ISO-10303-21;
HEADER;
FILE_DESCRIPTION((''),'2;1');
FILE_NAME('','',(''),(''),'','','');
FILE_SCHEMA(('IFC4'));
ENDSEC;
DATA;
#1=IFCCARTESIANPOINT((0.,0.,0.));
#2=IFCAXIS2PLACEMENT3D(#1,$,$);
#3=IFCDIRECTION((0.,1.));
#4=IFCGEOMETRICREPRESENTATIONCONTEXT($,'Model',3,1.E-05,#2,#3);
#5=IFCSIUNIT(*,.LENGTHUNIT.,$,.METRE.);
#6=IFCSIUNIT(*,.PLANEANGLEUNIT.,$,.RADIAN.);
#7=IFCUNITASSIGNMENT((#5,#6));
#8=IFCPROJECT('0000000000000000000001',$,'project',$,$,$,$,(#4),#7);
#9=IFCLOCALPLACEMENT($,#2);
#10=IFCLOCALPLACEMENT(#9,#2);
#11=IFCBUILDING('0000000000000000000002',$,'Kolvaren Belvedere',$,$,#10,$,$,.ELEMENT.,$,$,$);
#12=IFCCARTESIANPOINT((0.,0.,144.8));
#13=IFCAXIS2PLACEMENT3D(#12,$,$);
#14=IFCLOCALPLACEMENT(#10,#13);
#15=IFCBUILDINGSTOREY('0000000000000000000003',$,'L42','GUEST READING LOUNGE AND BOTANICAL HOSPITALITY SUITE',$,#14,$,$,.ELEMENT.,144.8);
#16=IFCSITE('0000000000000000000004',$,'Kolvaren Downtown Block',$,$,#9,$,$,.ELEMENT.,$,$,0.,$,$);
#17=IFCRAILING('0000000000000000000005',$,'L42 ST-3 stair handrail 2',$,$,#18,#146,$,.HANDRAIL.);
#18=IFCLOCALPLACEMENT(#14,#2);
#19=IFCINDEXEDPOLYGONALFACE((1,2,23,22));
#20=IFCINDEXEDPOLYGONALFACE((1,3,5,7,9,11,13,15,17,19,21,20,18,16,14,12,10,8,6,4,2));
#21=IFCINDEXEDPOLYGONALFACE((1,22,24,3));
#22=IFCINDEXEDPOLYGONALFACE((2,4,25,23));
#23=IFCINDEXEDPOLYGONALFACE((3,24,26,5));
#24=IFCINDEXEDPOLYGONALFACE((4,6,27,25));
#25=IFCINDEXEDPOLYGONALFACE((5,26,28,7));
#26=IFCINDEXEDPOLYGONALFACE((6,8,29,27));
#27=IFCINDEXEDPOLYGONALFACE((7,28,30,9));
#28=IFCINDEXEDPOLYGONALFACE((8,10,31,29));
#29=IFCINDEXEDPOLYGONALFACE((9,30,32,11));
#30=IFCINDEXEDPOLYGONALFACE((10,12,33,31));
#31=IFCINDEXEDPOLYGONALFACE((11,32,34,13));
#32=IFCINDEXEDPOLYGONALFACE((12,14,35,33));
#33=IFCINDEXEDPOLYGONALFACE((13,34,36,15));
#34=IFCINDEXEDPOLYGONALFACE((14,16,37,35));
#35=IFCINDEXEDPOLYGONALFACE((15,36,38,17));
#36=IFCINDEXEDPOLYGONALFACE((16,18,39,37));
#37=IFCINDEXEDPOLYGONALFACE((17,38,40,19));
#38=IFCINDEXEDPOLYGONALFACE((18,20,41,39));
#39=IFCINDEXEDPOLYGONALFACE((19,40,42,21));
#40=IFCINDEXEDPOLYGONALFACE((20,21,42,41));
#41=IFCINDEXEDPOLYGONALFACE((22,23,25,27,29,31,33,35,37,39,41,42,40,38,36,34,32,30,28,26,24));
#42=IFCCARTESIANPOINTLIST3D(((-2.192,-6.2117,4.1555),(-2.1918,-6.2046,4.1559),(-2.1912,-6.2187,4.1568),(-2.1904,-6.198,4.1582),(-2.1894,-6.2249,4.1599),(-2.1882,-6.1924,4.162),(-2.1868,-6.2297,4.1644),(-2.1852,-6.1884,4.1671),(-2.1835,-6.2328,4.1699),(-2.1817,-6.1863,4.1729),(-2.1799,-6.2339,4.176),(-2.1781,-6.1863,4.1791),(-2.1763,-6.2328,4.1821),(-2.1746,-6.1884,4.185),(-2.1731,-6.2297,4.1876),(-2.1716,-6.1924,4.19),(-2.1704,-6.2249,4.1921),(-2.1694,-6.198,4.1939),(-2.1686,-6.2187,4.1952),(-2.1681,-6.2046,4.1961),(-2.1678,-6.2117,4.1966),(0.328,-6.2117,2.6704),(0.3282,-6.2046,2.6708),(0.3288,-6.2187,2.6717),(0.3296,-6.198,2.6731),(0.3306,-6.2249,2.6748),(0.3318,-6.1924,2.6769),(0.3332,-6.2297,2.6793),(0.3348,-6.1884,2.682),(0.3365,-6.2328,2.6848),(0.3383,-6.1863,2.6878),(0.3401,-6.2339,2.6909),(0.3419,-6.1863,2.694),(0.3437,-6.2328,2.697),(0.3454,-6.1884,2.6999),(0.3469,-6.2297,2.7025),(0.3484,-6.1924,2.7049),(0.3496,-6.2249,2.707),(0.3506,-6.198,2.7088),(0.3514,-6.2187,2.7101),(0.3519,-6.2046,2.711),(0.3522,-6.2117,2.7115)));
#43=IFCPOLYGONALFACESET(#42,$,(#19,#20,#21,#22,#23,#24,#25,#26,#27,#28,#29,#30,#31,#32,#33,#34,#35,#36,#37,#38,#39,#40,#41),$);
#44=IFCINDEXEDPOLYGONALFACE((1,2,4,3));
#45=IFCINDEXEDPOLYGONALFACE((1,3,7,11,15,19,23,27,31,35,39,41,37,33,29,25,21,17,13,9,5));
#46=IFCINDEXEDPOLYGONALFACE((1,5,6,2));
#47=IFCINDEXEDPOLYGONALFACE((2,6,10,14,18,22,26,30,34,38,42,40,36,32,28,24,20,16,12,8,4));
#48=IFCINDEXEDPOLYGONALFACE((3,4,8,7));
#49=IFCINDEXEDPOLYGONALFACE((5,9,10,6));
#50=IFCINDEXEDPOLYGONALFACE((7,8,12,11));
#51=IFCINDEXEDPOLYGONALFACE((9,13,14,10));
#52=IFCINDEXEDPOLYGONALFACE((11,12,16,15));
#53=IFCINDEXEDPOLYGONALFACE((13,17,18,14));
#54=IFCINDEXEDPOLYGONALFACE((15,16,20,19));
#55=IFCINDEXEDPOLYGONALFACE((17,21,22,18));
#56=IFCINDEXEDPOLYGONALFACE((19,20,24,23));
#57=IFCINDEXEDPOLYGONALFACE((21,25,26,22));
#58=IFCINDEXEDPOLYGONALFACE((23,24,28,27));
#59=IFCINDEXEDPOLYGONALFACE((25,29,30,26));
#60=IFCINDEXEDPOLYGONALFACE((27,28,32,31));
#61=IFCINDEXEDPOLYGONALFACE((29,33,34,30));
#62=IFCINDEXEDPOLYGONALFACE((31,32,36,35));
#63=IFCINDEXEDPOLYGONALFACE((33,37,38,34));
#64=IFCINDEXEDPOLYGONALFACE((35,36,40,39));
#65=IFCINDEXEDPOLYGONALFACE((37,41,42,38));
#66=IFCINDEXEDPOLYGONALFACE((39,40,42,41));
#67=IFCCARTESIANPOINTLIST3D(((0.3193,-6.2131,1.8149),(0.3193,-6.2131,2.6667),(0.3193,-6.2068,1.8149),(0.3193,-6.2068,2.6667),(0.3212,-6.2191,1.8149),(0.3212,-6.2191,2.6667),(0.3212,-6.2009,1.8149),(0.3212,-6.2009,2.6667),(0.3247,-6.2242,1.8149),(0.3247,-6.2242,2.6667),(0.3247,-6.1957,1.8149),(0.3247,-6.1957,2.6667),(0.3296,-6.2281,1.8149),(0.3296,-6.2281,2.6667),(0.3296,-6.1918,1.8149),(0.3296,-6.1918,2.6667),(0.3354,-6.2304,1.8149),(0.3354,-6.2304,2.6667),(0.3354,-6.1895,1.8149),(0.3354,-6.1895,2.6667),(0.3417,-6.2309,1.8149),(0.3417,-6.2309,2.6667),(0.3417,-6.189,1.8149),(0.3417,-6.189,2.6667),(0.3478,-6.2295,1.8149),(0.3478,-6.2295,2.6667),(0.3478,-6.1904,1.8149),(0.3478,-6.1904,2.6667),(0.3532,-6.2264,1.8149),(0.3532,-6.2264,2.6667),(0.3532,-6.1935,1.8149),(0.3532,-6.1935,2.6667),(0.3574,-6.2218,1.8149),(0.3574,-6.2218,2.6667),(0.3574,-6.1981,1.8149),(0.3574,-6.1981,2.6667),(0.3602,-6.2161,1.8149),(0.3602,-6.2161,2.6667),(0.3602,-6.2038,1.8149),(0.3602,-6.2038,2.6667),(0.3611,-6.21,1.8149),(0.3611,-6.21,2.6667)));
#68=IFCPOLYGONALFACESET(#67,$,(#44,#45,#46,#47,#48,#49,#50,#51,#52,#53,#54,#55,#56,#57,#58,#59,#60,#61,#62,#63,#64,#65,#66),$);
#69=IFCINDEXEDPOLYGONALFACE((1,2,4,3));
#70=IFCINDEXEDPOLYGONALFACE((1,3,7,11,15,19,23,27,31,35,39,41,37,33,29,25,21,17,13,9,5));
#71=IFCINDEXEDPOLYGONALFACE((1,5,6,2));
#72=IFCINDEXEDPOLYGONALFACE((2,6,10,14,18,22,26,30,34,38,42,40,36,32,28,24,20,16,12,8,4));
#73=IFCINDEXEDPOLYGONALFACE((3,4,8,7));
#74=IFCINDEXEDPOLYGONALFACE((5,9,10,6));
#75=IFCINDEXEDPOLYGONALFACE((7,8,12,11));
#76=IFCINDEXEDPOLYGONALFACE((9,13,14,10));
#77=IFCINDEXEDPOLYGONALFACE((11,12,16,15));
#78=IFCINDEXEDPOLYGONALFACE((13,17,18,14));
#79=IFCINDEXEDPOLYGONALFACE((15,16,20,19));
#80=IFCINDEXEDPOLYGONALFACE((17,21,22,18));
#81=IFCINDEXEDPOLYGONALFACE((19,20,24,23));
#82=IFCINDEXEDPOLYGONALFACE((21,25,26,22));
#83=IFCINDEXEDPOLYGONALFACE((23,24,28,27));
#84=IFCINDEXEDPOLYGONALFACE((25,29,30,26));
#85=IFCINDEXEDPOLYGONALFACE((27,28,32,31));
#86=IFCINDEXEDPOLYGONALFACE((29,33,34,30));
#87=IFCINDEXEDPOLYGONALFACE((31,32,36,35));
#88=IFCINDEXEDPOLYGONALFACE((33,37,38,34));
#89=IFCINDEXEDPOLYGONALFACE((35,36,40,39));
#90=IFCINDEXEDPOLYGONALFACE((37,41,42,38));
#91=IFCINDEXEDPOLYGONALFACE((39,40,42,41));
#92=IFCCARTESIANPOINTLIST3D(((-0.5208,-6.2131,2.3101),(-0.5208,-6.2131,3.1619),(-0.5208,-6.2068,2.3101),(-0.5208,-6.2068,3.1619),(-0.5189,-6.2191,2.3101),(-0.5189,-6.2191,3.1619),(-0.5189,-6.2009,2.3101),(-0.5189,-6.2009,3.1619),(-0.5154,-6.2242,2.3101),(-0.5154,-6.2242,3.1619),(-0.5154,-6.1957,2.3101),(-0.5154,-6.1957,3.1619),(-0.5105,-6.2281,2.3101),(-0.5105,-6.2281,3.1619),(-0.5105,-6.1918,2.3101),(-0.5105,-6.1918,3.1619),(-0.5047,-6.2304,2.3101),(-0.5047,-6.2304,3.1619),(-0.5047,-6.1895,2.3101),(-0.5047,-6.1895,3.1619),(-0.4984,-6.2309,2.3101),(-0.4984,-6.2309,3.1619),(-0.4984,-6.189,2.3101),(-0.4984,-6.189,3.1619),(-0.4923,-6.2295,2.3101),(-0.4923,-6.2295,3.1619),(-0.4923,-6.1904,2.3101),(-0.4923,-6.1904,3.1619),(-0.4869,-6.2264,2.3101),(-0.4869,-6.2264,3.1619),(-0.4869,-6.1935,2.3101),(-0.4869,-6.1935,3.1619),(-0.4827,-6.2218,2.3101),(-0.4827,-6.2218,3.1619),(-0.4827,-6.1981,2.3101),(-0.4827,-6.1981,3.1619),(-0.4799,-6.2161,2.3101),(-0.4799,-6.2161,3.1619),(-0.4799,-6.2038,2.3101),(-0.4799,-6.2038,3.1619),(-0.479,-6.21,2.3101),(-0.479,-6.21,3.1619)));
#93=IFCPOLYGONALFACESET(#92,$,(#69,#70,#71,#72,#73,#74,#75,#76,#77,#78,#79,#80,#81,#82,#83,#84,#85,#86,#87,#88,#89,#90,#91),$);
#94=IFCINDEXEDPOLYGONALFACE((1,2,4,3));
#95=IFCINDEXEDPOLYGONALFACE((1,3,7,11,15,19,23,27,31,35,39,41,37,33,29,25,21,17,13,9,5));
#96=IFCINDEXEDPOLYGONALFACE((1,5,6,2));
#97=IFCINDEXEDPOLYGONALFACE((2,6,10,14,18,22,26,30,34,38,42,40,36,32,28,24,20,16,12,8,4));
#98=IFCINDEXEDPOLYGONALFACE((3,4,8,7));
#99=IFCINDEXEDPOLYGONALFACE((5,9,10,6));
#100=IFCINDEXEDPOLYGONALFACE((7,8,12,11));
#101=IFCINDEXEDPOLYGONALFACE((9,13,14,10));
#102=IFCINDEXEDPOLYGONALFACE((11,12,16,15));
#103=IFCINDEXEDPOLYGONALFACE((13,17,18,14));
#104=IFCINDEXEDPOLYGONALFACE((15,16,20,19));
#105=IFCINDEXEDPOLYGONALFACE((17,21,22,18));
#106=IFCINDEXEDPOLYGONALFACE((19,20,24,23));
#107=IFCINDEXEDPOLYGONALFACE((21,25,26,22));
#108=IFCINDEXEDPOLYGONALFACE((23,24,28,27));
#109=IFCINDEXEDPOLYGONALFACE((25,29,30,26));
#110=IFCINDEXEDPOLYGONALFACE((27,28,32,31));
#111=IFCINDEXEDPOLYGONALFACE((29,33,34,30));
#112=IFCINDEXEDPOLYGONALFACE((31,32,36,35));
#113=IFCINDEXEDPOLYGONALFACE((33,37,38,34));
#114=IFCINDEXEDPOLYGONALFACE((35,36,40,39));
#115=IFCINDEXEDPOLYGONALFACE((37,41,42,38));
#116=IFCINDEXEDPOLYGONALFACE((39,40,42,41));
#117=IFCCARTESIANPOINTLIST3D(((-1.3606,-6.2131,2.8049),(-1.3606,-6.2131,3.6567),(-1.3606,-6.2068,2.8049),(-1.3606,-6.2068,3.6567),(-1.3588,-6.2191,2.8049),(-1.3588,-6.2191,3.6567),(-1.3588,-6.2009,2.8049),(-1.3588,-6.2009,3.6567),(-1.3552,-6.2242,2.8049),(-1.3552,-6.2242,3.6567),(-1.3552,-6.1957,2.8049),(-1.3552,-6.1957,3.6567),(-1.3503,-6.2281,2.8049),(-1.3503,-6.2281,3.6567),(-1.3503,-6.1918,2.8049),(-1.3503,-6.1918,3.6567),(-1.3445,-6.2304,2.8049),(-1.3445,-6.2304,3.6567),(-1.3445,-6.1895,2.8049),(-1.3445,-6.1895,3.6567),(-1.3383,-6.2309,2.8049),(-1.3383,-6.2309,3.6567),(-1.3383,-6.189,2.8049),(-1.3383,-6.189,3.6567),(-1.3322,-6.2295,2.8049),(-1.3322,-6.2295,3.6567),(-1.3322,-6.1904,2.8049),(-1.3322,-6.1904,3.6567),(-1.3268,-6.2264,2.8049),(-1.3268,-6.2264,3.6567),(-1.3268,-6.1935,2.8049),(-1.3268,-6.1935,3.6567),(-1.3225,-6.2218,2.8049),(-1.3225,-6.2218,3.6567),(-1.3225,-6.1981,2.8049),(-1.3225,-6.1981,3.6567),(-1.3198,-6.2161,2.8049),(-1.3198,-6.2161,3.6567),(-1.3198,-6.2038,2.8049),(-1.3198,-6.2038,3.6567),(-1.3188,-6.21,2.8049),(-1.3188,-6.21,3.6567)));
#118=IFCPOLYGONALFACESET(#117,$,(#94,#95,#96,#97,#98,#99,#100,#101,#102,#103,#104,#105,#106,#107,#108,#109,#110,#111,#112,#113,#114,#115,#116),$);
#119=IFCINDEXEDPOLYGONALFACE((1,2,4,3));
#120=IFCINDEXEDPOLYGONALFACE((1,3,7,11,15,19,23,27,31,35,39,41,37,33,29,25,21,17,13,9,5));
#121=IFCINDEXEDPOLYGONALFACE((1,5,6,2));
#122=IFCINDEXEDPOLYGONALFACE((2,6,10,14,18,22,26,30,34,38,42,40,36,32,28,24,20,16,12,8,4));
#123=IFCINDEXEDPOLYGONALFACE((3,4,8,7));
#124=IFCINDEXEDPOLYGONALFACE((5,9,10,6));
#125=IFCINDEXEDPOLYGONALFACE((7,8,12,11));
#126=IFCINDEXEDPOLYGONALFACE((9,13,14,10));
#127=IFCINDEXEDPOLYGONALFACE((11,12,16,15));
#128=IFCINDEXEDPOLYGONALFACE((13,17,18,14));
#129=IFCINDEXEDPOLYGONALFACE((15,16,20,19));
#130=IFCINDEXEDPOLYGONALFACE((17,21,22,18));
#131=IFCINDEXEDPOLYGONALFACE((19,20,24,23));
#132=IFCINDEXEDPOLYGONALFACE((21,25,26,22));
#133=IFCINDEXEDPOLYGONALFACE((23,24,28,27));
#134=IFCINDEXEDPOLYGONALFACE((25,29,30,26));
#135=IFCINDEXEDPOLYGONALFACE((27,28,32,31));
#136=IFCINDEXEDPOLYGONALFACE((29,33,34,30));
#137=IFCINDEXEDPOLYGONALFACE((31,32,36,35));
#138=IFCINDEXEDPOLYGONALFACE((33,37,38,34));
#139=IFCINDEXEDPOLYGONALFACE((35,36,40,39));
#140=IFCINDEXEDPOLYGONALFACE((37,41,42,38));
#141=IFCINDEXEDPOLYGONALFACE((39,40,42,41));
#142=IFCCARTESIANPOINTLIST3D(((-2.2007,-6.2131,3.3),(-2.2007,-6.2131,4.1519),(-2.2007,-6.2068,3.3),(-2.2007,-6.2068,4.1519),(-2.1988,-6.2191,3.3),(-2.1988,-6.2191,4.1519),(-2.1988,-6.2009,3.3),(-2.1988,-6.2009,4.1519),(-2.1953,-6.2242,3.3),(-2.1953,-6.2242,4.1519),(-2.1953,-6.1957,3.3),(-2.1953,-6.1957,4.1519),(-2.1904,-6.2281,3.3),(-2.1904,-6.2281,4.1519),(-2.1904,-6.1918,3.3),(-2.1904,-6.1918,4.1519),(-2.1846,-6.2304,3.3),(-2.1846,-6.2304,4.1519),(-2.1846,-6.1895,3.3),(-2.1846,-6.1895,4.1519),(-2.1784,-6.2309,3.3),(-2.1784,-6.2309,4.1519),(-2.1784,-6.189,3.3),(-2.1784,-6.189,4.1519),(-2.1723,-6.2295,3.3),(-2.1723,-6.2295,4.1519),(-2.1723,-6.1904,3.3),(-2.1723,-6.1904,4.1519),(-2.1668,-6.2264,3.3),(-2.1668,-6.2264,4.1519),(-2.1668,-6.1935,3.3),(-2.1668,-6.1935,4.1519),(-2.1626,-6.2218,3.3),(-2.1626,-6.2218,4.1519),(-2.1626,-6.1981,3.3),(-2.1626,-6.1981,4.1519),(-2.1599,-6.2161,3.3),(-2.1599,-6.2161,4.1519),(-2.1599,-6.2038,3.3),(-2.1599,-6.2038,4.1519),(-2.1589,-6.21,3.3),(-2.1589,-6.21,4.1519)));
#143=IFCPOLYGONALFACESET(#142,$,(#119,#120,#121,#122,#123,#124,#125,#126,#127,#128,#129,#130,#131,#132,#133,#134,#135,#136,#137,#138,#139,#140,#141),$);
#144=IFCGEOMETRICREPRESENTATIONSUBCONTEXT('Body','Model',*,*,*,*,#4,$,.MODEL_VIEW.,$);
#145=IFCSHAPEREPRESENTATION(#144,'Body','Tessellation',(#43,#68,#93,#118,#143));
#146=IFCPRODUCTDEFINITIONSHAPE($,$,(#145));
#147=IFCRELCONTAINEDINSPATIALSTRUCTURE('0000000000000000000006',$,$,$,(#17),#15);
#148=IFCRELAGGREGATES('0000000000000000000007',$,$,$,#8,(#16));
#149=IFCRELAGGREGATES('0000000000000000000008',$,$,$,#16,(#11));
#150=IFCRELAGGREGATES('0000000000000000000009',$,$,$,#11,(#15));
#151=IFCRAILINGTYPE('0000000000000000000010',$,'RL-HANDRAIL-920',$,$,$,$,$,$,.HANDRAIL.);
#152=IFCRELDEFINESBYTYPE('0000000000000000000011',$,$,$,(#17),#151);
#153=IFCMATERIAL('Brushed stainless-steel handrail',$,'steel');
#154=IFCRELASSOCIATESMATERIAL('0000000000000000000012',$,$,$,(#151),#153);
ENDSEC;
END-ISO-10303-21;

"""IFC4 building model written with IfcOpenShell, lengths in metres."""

from ifc_helpers import new_model, si_unit, direction, frame, origin, origin_2d, place, context, subcontext, project, spatial, circle, extrude, material, type_object, element, save


model = new_model("IFC4")

# Units and contexts
model_context = context("Model", 3, precision=1e-05, world=origin(), true_north=direction((0.0, 1.0)))
body_context = subcontext(model_context, "Body", "Model", "MODEL_VIEW")
ifc_project = project(units=[si_unit("LENGTHUNIT", "METRE"), si_unit("PLANEANGLEUNIT", "RADIAN")], contexts=[model_context])

# Site, building, storey
site_placement = place(None, origin())
site = spatial("IfcSite", under=ifc_project, at=site_placement, Name="Kolvaren Downtown Block", CompositionType="ELEMENT", RefElevation=0.0)
building_placement = place(site_placement, origin())
building = spatial("IfcBuilding", under=site, at=building_placement, Name="Kolvaren Belvedere", CompositionType="ELEMENT")
storey_placement = place(building_placement, frame((0.0, 0.0, 144.8)))
storey = spatial("IfcBuildingStorey", under=building, at=storey_placement, Name="L42", Description="GUEST READING LOUNGE AND BOTANICAL HOSPITALITY SUITE", CompositionType="ELEMENT", Elevation=144.8)

# Railing
ifc_material_1 = material(Name="Brushed stainless-steel handrail", Category="steel")
railing_type_1 = type_object("IfcRailingType", Name="RL-HANDRAIL-920", PredefinedType="HANDRAIL", material=ifc_material_1)
railing_1_placement = place(storey_placement, frame((0.3401, -6.21, 1.8149)))
element("IfcRailing", 1, at=railing_1_placement, inside=storey, type_object=railing_type_1, Name="L42 ST-3 stair handrail 2", PredefinedType="HANDRAIL", context=body_context, shape_type="SweptSolid", body=[
    extrude(circle(Radius=0.0239, at=origin_2d()), frame((0.0, 0.0, 0.876), z_axis=(-0.861524, 0.0, 0.507717), x_axis=(0.0, -1.0, 0.0)), (0.0, 0.0, 1.0), 2.925),
    extrude(circle(Radius=0.021, at=origin_2d()), origin(), (0.0, 0.0, 1.0), 0.8518),
    extrude(circle(Radius=0.021, at=origin_2d()), frame((-0.8401, 0.0, 0.4951)), (0.0, 0.0, 1.0), 0.8518),
    extrude(circle(Radius=0.021, at=origin_2d()), frame((-1.6799, 0.0, 0.99)), (0.0, 0.0, 1.0), 0.8518),
    extrude(circle(Radius=0.021, at=origin_2d()), frame((-2.52, 0.0, 1.4851)), (0.0, 0.0, 1.0), 0.8518),
])

save(model, "model.ifc")
